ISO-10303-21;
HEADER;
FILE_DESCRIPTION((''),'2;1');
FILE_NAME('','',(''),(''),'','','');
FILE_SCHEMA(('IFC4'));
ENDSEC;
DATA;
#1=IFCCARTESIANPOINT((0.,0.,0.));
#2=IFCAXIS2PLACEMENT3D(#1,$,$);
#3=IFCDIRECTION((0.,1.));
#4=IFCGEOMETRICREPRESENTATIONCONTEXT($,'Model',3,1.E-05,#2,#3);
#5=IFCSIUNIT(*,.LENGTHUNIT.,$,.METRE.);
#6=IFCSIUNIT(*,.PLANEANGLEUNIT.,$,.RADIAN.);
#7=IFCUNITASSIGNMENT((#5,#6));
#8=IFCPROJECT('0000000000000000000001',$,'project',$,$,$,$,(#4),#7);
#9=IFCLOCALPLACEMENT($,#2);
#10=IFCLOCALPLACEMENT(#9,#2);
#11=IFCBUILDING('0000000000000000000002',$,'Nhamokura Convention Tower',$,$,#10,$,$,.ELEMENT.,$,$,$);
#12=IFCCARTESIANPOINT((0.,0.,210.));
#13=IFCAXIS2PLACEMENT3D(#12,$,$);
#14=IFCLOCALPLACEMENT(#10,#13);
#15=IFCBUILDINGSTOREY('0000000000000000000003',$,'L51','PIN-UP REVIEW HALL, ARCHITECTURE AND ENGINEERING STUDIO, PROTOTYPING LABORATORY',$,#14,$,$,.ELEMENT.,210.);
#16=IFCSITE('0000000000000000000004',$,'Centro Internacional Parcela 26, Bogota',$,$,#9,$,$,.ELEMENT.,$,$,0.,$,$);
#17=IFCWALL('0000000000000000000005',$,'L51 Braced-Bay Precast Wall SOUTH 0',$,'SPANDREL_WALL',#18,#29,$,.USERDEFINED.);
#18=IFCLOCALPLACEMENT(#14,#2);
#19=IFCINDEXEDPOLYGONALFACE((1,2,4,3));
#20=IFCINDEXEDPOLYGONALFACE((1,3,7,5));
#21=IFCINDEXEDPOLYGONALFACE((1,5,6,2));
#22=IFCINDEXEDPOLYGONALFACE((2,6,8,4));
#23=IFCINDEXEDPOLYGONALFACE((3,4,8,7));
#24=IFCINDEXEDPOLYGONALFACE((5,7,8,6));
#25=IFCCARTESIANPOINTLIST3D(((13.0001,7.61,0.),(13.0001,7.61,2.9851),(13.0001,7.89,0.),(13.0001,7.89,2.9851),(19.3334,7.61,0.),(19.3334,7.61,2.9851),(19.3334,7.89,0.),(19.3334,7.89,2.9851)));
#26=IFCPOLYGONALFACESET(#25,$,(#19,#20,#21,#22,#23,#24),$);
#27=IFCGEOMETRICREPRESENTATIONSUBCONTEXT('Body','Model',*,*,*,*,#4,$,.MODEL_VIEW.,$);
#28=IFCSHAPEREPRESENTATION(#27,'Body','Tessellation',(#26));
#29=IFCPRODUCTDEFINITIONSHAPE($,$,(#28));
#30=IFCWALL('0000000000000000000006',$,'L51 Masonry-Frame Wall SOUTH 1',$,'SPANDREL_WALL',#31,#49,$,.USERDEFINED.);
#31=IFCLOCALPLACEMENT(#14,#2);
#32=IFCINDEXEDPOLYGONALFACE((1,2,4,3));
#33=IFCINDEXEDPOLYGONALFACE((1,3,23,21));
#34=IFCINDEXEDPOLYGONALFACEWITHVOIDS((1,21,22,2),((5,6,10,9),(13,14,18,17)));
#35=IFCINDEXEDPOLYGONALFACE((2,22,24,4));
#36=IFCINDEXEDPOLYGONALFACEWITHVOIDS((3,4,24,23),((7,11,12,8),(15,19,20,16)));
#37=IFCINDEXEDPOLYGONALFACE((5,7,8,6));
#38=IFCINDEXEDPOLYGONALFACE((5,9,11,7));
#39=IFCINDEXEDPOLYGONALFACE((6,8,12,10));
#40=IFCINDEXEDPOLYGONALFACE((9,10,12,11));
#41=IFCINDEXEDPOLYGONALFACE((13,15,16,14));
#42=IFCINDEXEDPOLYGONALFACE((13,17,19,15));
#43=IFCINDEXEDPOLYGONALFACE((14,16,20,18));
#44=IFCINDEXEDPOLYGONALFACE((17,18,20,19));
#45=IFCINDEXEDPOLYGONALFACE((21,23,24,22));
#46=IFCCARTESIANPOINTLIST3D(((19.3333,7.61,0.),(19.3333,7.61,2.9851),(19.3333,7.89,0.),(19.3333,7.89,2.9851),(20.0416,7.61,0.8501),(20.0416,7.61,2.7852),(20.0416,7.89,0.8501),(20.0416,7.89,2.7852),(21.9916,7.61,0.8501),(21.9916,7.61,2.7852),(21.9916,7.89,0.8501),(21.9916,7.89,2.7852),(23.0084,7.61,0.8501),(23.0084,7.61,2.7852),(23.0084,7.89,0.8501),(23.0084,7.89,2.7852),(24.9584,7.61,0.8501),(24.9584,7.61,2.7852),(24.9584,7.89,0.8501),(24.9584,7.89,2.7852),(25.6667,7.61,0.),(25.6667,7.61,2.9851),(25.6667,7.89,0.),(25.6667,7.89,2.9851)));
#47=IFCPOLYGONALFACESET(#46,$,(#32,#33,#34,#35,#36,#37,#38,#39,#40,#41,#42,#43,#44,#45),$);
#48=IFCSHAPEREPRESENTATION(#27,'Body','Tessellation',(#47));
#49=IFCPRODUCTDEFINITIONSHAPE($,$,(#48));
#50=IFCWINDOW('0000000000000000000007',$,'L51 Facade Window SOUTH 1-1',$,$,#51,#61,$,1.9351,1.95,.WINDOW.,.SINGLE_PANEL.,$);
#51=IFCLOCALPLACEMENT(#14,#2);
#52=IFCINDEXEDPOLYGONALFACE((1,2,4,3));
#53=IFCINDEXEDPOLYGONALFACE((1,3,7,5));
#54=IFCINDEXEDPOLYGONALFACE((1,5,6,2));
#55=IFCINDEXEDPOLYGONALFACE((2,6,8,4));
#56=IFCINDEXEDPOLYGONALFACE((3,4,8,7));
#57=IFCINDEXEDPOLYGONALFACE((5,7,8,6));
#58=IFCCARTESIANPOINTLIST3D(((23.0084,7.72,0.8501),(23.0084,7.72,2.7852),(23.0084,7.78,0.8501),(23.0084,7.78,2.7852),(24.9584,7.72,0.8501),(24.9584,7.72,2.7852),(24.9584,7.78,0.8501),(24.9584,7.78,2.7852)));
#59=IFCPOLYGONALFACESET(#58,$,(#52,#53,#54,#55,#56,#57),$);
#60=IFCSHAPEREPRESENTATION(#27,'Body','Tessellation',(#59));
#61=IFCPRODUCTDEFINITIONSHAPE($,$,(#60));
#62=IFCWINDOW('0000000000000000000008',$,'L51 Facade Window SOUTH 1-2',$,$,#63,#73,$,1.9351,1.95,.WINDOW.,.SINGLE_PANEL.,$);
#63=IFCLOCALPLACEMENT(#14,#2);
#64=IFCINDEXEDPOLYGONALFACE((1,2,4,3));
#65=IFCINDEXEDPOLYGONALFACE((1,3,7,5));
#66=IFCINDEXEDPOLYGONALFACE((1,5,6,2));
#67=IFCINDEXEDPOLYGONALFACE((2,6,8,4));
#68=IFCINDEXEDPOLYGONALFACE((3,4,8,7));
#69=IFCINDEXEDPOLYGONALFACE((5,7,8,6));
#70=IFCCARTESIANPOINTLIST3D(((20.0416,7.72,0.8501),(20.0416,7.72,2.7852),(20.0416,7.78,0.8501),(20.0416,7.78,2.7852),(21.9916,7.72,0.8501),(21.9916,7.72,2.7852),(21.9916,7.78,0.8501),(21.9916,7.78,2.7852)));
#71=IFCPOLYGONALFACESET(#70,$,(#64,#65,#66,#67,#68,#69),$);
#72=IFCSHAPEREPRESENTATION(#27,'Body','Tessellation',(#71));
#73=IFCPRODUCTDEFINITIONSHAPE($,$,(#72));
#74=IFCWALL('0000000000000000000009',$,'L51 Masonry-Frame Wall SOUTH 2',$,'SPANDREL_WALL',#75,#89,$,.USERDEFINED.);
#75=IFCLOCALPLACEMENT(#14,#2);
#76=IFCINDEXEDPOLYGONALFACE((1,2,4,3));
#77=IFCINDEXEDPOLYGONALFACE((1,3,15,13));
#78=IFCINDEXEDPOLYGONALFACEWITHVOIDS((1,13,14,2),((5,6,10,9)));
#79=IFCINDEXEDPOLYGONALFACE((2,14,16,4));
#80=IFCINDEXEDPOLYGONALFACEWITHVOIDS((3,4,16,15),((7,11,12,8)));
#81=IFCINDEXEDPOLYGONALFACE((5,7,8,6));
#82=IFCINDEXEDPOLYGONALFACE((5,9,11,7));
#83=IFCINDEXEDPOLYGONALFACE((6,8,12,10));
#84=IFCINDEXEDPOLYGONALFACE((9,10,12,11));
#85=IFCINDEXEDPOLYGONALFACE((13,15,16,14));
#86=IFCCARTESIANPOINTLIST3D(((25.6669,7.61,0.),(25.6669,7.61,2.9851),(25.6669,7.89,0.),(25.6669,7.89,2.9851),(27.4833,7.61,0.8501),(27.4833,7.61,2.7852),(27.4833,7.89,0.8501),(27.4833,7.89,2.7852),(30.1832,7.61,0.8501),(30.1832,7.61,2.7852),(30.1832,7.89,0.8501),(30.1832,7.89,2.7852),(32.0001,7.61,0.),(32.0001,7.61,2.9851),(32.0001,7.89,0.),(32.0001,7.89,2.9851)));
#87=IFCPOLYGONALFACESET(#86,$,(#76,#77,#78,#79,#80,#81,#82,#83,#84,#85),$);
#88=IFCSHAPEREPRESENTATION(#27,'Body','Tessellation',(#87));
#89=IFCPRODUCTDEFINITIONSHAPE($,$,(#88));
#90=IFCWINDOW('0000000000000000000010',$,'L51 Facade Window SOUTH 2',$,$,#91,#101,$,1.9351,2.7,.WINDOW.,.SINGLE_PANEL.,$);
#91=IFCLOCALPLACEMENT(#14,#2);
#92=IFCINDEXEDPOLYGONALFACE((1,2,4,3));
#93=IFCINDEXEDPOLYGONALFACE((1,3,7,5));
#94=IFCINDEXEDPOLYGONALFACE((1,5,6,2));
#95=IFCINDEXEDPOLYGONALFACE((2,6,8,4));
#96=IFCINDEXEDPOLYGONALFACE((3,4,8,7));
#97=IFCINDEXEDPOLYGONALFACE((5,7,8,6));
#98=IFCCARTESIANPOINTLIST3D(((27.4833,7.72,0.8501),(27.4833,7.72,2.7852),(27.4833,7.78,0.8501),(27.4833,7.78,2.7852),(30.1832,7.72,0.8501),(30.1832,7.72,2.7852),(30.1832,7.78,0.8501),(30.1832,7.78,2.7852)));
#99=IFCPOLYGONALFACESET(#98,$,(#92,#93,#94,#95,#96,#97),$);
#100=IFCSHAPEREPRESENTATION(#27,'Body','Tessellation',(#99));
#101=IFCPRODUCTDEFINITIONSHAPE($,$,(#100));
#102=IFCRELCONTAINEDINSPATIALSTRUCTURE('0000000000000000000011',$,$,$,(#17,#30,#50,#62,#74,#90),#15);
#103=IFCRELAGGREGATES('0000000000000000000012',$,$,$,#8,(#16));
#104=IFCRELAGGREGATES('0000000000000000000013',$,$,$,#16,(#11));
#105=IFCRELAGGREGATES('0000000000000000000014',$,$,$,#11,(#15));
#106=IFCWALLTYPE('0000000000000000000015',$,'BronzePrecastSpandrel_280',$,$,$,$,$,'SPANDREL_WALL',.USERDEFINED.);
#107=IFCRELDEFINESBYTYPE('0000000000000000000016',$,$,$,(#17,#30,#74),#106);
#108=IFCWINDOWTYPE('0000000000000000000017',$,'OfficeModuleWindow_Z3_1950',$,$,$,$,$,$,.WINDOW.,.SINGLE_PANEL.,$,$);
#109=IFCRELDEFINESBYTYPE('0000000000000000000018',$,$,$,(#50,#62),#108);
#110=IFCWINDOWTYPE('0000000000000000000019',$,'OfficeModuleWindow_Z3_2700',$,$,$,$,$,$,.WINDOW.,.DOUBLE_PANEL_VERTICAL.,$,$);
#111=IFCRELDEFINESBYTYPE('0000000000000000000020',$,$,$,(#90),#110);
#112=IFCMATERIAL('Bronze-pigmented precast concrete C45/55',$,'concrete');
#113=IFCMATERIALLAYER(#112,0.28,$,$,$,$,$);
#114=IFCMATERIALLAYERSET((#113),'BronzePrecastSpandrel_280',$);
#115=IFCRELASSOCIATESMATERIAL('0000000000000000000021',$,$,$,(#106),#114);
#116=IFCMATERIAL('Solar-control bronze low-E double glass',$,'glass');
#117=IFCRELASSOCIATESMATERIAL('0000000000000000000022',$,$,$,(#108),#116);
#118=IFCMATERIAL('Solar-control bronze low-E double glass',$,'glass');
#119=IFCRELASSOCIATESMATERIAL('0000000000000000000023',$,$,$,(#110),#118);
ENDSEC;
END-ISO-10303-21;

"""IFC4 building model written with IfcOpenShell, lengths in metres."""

from ifc_helpers import new_model, si_unit, direction, frame, frame_2d, origin, place, context, subcontext, project, spatial, rectangle, extrude, material, layer, layer_set, type_object, element, fill, save


model = new_model("IFC4")

# Units and contexts
model_context = context("Model", 3, precision=1e-05, world=origin(), true_north=direction((0.0, 1.0)))
body_context = subcontext(model_context, "Body", "Model", "MODEL_VIEW")
ifc_project = project(units=[si_unit("LENGTHUNIT", "METRE"), si_unit("PLANEANGLEUNIT", "RADIAN")], contexts=[model_context])

# Site, building, storey
site_placement = place(None, origin())
site = spatial("IfcSite", under=ifc_project, at=site_placement, Name="Centro Internacional Parcela 26, Bogota", CompositionType="ELEMENT", RefElevation=0.0)
building_placement = place(site_placement, origin())
building = spatial("IfcBuilding", under=site, at=building_placement, Name="Nhamokura Convention Tower", CompositionType="ELEMENT")
storey_placement = place(building_placement, frame((0.0, 0.0, 210.0)))
storey = spatial("IfcBuildingStorey", under=building, at=storey_placement, Name="L51", Description="PIN-UP REVIEW HALL, ARCHITECTURE AND ENGINEERING STUDIO, PROTOTYPING LABORATORY", CompositionType="ELEMENT", Elevation=210.0)

# Wall
ifc_material_1 = material(Name="Bronze-pigmented precast concrete C45/55", Category="concrete")
ifc_layer = layer(ifc_material_1, 0.28)
ifc_layer_set = layer_set([ifc_layer], Name="BronzePrecastSpandrel_280")
wall_type = type_object("IfcWallType", Name="BronzePrecastSpandrel_280", ElementType="SPANDREL_WALL", PredefinedType="USERDEFINED", material=ifc_layer_set)
wall_1_placement = place(storey_placement, frame((19.3333, 7.75, 0.0), z_axis=(0.0, 0.0, 1.0), x_axis=(-1.0, 0.0, 0.0)))
element("IfcWall", 1, at=wall_1_placement, inside=storey, type_object=wall_type, Name="L51 Braced-Bay Precast Wall SOUTH 0", ObjectType="SPANDREL_WALL", PredefinedType="USERDEFINED", context=body_context, shape_type="SweptSolid", body=[
    extrude(rectangle(XDim=6.3333, YDim=0.28, at=frame_2d((3.1665, 0.0))), origin(), (0.0, 0.0, 1.0), 2.9851),
])

# Wall, openings, windows
wall_2_placement = place(storey_placement, frame((25.6667, 7.75, 0.0), z_axis=(0.0, 0.0, 1.0), x_axis=(-1.0, 0.0, 0.0)))
wall_2 = element("IfcWall", 2, at=wall_2_placement, inside=storey, type_object=wall_type, Name="L51 Masonry-Frame Wall SOUTH 1", ObjectType="SPANDREL_WALL", PredefinedType="USERDEFINED", context=body_context, shape_type="SweptSolid", body=[
    extrude(rectangle(XDim=6.3335, YDim=0.28, at=frame_2d((3.1667, 0.0))), origin(), (0.0, 0.0, 1.0), 2.9851),
])
opening_1_placement = place(wall_2_placement, frame((0.7083, 0.0, 0.8501)))
opening_1 = element("IfcOpeningElement", 3, at=opening_1_placement, cuts=wall_2, PredefinedType="OPENING", context=body_context, shape_type="SweptSolid", body=[
    extrude(rectangle(XDim=1.95, YDim=1.9351, at=frame_2d((0.9751, 0.9675))), frame((0.0, 0.1499, 0.0), z_axis=(0.0, -1.0, 0.0), x_axis=(1.0, 0.0, 0.0)), (0.0, 0.0, 1.0), 0.3),
])
opening_2_placement = place(wall_2_placement, frame((3.675, 0.0, 0.8501)))
opening_2 = element("IfcOpeningElement", 4, at=opening_2_placement, cuts=wall_2, PredefinedType="OPENING", context=body_context, shape_type="SweptSolid", body=[
    extrude(rectangle(XDim=1.95, YDim=1.9351, at=frame_2d((0.9751, 0.9675))), frame((0.0, 0.1499, 0.0), z_axis=(0.0, -1.0, 0.0), x_axis=(1.0, 0.0, 0.0)), (0.0, 0.0, 1.0), 0.3),
])
ifc_material_2 = material(Name="Solar-control bronze low-E double glass", Category="glass")
window_type_1 = type_object("IfcWindowType", Name="OfficeModuleWindow_Z3_1950", PartitioningType="SINGLE_PANEL", PredefinedType="WINDOW", material=ifc_material_2)
window_1_placement = place(opening_1_placement, origin())
window_1 = element("IfcWindow", 5, at=window_1_placement, inside=storey, type_object=window_type_1, Name="L51 Facade Window SOUTH 1-1", OverallHeight=1.9351, OverallWidth=1.95, PartitioningType="SINGLE_PANEL", PredefinedType="WINDOW", context=body_context, shape_type="SweptSolid", body=[
    extrude(rectangle(XDim=1.95, YDim=1.9351, at=frame_2d((0.9751, 0.9675))), frame((0.0, 0.03, 0.0), z_axis=(0.0, -1.0, 0.0), x_axis=(1.0, 0.0, 0.0)), (0.0, 0.0, 1.0), 0.0601),
])
fill(opening_1, window_1)
window_2_placement = place(opening_2_placement, origin())
window_2 = element("IfcWindow", 6, at=window_2_placement, inside=storey, type_object=window_type_1, Name="L51 Facade Window SOUTH 1-2", OverallHeight=1.9351, OverallWidth=1.95, PartitioningType="SINGLE_PANEL", PredefinedType="WINDOW", context=body_context, shape_type="SweptSolid", body=[
    extrude(rectangle(XDim=1.95, YDim=1.9351, at=frame_2d((0.9751, 0.9675))), frame((0.0, 0.03, 0.0), z_axis=(0.0, -1.0, 0.0), x_axis=(1.0, 0.0, 0.0)), (0.0, 0.0, 1.0), 0.0601),
])
fill(opening_2, window_2)

# Wall, opening, window
wall_3_placement = place(storey_placement, frame((32.0, 7.75, 0.0), z_axis=(0.0, 0.0, 1.0), x_axis=(-1.0, 0.0, 0.0)))
wall_3 = element("IfcWall", 7, at=wall_3_placement, inside=storey, type_object=wall_type, Name="L51 Masonry-Frame Wall SOUTH 2", ObjectType="SPANDREL_WALL", PredefinedType="USERDEFINED", context=body_context, shape_type="SweptSolid", body=[
    extrude(rectangle(XDim=6.3333, YDim=0.28, at=frame_2d((3.1665, 0.0))), origin(), (0.0, 0.0, 1.0), 2.9851),
])
opening_3_placement = place(wall_3_placement, frame((1.8167, 0.0, 0.8501)))
opening_3 = element("IfcOpeningElement", 8, at=opening_3_placement, cuts=wall_3, PredefinedType="OPENING", context=body_context, shape_type="SweptSolid", body=[
    extrude(rectangle(XDim=2.7, YDim=1.9351, at=frame_2d((1.3501, 0.9675))), frame((0.0, 0.1499, 0.0), z_axis=(0.0, -1.0, 0.0), x_axis=(1.0, 0.0, 0.0)), (0.0, 0.0, 1.0), 0.3),
])
ifc_material_3 = material(Name="Solar-control bronze low-E double glass", Category="glass")
window_type_2 = type_object("IfcWindowType", Name="OfficeModuleWindow_Z3_2700", PartitioningType="DOUBLE_PANEL_VERTICAL", PredefinedType="WINDOW", material=ifc_material_3)
window_3_placement = place(opening_3_placement, origin())
window_3 = element("IfcWindow", 9, at=window_3_placement, inside=storey, type_object=window_type_2, Name="L51 Facade Window SOUTH 2", OverallHeight=1.9351, OverallWidth=2.7, PartitioningType="SINGLE_PANEL", PredefinedType="WINDOW", context=body_context, shape_type="SweptSolid", body=[
    extrude(rectangle(XDim=2.7, YDim=1.9351, at=frame_2d((1.3501, 0.9675))), frame((0.0, 0.03, 0.0), z_axis=(0.0, -1.0, 0.0), x_axis=(1.0, 0.0, 0.0)), (0.0, 0.0, 1.0), 0.0601),
])
fill(opening_3, window_3)

save(model, "model.ifc")
